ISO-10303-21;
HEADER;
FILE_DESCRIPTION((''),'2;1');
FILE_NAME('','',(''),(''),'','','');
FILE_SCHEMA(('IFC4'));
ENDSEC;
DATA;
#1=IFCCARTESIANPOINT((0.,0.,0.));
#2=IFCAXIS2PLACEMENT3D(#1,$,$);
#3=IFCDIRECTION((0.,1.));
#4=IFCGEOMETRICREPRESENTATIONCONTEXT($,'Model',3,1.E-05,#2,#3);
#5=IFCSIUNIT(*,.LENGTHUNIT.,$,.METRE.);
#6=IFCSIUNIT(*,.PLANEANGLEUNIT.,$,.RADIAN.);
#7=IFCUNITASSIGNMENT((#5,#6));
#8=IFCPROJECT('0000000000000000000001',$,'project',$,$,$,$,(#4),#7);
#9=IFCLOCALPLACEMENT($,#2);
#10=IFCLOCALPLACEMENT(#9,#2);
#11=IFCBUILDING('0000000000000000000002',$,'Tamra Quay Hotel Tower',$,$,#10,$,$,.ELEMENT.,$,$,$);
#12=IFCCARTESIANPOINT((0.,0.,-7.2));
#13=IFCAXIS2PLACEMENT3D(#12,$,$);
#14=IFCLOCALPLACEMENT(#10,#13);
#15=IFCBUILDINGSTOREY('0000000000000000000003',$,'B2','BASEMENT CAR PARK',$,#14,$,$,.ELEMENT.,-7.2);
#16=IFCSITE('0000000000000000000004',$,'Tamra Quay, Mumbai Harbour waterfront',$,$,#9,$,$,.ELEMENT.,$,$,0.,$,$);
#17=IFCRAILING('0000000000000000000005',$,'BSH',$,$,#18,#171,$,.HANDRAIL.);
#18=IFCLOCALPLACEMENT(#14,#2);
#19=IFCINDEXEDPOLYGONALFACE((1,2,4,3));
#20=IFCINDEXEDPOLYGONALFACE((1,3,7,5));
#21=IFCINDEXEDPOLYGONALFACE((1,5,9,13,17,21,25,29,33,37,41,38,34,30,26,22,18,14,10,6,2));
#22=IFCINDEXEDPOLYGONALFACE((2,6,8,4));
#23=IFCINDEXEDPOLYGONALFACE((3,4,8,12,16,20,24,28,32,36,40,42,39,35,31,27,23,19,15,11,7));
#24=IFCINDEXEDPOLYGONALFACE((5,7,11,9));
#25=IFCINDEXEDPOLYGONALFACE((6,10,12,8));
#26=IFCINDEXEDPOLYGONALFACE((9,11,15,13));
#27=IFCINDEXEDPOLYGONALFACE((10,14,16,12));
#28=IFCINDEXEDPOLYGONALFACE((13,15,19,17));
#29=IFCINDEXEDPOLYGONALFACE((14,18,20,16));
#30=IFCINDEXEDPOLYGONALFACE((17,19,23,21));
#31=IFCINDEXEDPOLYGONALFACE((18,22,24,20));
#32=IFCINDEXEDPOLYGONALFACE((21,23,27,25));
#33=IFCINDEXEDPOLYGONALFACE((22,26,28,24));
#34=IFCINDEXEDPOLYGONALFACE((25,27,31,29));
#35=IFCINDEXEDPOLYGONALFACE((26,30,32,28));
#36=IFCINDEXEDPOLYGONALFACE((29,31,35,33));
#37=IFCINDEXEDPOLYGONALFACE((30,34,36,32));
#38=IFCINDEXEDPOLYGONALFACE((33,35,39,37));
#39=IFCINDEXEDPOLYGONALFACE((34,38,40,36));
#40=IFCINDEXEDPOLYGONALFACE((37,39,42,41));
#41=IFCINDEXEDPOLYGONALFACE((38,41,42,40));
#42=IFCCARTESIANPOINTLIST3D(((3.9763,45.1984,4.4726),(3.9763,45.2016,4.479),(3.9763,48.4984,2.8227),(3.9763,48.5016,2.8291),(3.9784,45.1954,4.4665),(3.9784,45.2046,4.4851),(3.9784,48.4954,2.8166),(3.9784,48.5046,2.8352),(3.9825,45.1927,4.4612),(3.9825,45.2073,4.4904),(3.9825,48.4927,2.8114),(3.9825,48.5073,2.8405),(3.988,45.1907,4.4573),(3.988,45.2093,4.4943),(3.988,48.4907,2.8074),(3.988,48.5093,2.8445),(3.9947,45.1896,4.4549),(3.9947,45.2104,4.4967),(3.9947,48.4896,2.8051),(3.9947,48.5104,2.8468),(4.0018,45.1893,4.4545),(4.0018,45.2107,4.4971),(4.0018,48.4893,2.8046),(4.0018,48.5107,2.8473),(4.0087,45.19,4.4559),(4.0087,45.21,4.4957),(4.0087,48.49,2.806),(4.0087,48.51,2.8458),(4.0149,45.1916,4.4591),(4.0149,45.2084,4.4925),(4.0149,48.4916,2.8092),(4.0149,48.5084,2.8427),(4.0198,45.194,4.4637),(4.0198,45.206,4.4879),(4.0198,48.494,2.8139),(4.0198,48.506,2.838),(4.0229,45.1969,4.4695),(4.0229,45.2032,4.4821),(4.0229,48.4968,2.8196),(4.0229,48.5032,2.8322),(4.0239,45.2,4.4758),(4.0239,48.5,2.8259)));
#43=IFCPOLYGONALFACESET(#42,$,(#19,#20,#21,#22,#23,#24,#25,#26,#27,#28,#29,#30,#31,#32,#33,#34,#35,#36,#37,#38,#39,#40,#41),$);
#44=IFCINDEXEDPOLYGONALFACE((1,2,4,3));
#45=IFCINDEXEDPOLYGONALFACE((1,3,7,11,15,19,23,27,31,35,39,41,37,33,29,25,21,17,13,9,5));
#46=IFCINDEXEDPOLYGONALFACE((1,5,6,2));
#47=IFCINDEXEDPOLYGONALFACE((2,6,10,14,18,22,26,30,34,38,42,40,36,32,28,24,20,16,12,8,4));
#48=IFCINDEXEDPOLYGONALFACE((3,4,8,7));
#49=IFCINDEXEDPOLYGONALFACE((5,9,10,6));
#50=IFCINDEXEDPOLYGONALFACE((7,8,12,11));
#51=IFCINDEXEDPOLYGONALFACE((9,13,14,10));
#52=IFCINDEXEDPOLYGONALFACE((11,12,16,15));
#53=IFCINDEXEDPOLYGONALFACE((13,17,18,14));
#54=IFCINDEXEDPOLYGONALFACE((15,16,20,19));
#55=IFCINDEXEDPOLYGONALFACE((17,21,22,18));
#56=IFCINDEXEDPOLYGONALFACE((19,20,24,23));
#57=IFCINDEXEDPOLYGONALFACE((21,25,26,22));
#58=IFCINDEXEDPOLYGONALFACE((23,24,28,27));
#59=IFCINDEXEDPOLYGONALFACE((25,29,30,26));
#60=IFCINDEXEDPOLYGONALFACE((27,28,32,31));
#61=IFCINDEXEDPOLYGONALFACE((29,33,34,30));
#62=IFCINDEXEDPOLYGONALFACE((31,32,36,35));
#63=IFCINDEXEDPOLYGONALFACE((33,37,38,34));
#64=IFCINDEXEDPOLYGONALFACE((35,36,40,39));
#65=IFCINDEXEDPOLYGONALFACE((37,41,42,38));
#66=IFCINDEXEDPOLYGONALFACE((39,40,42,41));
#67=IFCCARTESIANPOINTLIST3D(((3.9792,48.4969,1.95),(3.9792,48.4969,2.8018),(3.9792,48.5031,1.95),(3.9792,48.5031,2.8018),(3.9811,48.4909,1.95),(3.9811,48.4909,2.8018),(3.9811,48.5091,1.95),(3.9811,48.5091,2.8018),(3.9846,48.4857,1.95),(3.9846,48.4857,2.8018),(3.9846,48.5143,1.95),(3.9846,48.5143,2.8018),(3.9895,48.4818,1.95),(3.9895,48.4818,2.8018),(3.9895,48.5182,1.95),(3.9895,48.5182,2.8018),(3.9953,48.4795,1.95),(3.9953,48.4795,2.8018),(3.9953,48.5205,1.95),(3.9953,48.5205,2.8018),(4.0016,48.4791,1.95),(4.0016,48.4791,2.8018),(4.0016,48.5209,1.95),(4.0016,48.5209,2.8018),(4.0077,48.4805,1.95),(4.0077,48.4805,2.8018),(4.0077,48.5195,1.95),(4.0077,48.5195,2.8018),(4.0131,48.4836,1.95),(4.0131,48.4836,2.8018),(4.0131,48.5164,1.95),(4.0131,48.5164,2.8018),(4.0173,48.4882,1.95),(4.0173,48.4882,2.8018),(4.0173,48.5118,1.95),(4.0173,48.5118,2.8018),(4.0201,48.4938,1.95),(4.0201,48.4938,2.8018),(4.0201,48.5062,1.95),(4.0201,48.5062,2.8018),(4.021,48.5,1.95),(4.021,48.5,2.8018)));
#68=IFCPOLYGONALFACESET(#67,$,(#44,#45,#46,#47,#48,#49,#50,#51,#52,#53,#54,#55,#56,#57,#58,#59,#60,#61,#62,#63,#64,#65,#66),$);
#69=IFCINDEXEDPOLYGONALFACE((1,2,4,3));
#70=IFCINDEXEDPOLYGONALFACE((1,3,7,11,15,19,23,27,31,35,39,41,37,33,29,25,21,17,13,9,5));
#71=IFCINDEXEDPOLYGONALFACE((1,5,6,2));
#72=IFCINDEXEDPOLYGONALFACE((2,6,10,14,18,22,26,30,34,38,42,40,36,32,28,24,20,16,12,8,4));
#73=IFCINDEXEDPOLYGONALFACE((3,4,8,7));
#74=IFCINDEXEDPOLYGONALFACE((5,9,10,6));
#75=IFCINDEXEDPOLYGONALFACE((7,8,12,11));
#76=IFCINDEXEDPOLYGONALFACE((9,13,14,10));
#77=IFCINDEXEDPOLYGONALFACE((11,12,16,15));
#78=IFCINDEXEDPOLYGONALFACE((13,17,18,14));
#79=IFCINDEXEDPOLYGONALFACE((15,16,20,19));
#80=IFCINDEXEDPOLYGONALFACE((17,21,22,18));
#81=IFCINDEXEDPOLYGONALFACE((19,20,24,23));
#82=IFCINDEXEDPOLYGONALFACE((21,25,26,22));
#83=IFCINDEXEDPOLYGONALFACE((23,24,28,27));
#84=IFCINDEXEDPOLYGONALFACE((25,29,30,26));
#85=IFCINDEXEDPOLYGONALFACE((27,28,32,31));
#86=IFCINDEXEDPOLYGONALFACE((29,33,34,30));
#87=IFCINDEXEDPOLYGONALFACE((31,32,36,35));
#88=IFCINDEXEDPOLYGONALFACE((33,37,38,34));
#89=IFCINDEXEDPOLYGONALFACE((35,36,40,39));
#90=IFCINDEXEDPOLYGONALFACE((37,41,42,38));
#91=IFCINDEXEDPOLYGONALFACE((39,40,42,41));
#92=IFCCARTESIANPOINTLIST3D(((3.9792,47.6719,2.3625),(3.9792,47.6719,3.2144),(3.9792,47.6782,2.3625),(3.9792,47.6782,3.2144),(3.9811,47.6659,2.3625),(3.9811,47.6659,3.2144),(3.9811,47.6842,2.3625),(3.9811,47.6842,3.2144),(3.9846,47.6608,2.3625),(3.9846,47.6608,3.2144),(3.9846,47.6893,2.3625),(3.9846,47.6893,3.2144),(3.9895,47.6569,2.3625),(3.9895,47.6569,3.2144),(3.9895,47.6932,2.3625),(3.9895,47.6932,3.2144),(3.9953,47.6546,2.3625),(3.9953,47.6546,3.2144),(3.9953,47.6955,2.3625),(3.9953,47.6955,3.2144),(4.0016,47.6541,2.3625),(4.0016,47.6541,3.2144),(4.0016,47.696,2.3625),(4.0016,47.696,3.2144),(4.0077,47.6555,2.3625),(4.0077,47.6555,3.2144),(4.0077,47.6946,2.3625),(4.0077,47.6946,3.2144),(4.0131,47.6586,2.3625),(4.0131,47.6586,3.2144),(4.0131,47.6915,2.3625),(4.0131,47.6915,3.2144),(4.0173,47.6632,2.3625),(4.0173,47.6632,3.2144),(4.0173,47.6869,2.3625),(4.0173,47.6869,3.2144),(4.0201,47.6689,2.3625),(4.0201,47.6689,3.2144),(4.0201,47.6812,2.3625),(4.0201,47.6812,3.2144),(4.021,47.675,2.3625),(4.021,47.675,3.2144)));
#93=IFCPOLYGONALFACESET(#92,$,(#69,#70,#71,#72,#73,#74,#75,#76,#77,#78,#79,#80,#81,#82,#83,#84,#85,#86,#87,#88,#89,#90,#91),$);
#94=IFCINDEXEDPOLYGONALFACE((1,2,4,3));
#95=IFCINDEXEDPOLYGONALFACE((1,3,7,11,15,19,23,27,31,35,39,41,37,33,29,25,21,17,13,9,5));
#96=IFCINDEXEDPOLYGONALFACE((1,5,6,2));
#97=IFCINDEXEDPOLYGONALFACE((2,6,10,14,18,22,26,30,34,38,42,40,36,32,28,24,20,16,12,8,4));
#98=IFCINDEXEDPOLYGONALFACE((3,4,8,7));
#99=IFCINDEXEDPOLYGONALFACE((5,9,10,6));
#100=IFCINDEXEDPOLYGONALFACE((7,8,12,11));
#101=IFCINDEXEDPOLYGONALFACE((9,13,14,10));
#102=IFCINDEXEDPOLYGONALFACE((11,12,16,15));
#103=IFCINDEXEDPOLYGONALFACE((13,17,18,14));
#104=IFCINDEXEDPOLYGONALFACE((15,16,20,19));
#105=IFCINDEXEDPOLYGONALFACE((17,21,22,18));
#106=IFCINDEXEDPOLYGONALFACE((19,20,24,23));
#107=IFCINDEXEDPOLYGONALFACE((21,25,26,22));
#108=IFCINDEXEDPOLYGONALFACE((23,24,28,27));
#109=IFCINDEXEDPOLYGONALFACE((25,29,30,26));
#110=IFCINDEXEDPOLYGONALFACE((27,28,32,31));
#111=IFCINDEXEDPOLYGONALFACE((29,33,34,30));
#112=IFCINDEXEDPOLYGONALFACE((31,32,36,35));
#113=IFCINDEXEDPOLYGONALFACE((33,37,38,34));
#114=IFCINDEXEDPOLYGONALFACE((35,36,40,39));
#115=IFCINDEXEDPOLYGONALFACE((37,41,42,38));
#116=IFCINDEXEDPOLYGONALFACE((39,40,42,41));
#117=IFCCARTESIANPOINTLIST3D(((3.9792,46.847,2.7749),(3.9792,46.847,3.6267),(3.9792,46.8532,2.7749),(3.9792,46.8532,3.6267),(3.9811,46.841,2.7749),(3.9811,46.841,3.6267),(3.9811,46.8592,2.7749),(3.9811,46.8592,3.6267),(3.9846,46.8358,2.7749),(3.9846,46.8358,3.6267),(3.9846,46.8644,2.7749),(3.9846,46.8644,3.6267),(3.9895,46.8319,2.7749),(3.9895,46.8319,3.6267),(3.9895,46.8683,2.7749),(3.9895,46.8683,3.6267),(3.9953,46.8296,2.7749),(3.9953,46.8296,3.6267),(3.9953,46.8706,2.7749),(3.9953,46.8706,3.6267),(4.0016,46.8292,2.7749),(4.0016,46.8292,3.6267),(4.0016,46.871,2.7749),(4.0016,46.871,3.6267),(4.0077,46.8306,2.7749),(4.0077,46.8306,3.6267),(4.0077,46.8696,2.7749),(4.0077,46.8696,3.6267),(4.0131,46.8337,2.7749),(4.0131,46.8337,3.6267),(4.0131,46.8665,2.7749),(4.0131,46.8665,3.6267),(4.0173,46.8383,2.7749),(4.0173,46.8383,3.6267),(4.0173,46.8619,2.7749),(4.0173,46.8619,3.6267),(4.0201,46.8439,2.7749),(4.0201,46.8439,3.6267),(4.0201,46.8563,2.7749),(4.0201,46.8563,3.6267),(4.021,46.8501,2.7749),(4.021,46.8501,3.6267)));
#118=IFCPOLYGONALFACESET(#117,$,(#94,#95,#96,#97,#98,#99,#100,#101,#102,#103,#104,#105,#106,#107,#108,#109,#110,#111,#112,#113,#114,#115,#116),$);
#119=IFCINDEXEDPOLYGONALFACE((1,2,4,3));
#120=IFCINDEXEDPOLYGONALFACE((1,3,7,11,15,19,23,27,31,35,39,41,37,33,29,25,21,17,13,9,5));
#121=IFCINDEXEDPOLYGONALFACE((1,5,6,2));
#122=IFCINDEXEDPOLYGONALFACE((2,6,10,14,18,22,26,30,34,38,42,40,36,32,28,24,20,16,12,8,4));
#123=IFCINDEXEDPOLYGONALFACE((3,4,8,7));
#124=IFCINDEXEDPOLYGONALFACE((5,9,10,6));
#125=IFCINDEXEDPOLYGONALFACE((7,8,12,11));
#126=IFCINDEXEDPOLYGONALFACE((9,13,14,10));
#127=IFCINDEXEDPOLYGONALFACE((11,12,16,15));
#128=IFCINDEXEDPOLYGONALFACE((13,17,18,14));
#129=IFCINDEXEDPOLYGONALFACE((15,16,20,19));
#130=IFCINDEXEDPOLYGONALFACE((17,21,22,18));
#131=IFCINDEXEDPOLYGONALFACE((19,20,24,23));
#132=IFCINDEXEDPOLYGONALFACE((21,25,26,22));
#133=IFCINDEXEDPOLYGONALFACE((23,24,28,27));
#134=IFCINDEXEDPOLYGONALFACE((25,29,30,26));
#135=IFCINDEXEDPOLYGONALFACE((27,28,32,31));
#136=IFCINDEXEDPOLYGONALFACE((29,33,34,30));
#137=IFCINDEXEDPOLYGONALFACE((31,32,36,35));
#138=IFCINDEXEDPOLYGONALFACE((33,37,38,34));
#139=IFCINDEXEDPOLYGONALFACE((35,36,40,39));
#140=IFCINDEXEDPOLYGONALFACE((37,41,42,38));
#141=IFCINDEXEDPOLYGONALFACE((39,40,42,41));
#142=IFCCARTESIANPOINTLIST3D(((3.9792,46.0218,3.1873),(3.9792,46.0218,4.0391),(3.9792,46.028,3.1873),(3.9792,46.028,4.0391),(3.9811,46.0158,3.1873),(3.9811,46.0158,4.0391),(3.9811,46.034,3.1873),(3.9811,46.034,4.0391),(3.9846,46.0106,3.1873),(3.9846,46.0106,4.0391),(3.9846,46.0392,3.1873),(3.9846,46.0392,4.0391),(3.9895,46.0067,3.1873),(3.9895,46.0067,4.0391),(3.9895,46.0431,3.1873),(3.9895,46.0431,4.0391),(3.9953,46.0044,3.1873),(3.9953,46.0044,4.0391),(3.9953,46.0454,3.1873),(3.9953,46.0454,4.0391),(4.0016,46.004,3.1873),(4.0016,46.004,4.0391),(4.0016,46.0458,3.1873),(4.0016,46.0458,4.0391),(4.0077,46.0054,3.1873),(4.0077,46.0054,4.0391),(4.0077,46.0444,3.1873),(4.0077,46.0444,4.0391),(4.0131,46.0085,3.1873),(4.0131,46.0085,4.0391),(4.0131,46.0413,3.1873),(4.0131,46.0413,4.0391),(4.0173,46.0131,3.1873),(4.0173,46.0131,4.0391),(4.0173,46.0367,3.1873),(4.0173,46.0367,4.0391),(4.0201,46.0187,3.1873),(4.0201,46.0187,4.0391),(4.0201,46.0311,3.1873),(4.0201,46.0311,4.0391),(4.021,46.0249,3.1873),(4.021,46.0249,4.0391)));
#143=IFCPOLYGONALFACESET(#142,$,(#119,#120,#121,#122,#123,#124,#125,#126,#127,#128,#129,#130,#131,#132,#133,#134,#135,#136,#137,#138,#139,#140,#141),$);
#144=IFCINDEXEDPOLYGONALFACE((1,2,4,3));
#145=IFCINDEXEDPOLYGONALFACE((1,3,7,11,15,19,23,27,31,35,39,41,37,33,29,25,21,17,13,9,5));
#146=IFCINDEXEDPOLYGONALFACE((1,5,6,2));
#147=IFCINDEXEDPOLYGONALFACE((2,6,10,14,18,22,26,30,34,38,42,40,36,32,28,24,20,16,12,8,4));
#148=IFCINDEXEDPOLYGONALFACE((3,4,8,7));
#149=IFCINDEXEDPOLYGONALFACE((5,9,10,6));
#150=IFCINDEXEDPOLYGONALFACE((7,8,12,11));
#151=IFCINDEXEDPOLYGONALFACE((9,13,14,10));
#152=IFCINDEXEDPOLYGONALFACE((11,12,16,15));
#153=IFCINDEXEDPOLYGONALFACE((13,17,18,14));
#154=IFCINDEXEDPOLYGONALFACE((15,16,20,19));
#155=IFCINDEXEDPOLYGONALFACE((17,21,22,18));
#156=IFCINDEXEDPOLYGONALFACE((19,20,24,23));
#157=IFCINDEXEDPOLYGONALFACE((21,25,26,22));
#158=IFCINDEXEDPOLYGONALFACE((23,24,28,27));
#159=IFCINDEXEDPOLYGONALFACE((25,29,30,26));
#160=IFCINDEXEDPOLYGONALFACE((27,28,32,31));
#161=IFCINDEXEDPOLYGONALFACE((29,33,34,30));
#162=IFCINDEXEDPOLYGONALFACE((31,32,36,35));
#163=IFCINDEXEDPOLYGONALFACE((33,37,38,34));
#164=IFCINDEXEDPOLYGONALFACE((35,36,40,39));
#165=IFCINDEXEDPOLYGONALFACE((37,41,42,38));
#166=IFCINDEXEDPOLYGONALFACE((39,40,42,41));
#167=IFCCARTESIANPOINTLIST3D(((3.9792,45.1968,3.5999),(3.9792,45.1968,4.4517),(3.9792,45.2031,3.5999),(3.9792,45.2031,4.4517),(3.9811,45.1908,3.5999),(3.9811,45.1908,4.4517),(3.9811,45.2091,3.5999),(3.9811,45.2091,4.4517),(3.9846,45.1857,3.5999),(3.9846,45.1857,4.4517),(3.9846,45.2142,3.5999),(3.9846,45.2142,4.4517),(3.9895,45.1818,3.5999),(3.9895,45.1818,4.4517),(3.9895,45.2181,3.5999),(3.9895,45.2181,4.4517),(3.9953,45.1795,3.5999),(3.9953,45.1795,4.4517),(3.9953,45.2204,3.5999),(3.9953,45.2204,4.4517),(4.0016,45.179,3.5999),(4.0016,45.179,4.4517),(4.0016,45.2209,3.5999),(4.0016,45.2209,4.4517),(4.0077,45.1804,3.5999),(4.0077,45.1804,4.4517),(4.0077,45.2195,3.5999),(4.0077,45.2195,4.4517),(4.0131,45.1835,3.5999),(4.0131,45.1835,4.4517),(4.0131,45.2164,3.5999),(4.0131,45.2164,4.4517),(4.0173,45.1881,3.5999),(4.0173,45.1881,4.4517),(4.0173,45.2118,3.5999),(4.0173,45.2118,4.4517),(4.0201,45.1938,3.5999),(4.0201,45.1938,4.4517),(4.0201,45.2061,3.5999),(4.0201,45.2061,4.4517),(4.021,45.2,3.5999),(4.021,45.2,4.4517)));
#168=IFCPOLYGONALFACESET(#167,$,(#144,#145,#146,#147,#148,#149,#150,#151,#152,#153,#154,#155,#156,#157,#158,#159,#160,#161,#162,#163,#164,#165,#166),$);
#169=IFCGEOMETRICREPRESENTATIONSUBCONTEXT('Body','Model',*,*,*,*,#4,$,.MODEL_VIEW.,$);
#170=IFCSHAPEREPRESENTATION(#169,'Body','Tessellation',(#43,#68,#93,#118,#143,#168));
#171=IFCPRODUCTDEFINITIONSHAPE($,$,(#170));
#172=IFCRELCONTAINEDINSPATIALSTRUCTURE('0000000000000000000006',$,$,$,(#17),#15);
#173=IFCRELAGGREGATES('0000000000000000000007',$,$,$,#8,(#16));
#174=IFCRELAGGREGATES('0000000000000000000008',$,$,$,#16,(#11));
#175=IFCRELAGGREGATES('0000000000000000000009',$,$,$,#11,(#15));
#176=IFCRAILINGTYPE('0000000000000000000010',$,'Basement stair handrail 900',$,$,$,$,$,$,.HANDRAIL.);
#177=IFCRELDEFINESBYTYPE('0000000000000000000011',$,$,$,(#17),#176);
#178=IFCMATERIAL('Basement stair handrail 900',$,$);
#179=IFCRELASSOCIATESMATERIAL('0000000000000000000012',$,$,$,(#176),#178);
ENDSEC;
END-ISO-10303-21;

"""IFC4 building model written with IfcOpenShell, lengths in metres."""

from ifc_helpers import new_model, si_unit, direction, frame, origin, origin_2d, place, context, subcontext, project, spatial, circle, extrude, material, type_object, element, save


model = new_model("IFC4")

# Units and contexts
model_context = context("Model", 3, precision=1e-05, world=origin(), true_north=direction((0.0, 1.0)))
body_context = subcontext(model_context, "Body", "Model", "MODEL_VIEW")
ifc_project = project(units=[si_unit("LENGTHUNIT", "METRE"), si_unit("PLANEANGLEUNIT", "RADIAN")], contexts=[model_context])

# Site, building, storey
site_placement = place(None, origin())
site = spatial("IfcSite", under=ifc_project, at=site_placement, Name="Tamra Quay, Mumbai Harbour waterfront", CompositionType="ELEMENT", RefElevation=0.0)
building_placement = place(site_placement, origin())
building = spatial("IfcBuilding", under=site, at=building_placement, Name="Tamra Quay Hotel Tower", CompositionType="ELEMENT")
storey_placement = place(building_placement, frame((0.0, 0.0, -7.2)))
storey = spatial("IfcBuildingStorey", under=building, at=storey_placement, Name="B2", Description="BASEMENT CAR PARK", CompositionType="ELEMENT", Elevation=-7.2)

# Railing
ifc_material_1 = material(Name="Basement stair handrail 900")
railing_type_1 = type_object("IfcRailingType", Name="Basement stair handrail 900", PredefinedType="HANDRAIL", material=ifc_material_1)
railing_1_placement = place(storey_placement, frame((4.0, 48.5, 1.95)))
element("IfcRailing", 1, at=railing_1_placement, inside=storey, type_object=railing_type_1, Name="BSH", PredefinedType="HANDRAIL", context=body_context, shape_type="SweptSolid", body=[
    extrude(circle(Radius=0.0239, at=origin_2d()), frame((0.0, 0.0, 0.876), z_axis=(0.0, -0.89444, 0.447187), x_axis=(1.0, 0.0, 0.0)), (0.0, 0.0, 1.0), 3.6895),
    extrude(circle(Radius=0.021, at=origin_2d()), origin(), (0.0, 0.0, 1.0), 0.8518),
    extrude(circle(Radius=0.021, at=origin_2d()), frame((0.0, -0.825, 0.4126)), (0.0, 0.0, 1.0), 0.8518),
    extrude(circle(Radius=0.021, at=origin_2d()), frame((0.0, -1.6499, 0.825)), (0.0, 0.0, 1.0), 0.8518),
    extrude(circle(Radius=0.021, at=origin_2d()), frame((0.0, -2.4751, 1.2373)), (0.0, 0.0, 1.0), 0.8518),
    extrude(circle(Radius=0.021, at=origin_2d()), frame((0.0, -3.3, 1.6499)), (0.0, 0.0, 1.0), 0.8518),
])

save(model, "model.ifc")
